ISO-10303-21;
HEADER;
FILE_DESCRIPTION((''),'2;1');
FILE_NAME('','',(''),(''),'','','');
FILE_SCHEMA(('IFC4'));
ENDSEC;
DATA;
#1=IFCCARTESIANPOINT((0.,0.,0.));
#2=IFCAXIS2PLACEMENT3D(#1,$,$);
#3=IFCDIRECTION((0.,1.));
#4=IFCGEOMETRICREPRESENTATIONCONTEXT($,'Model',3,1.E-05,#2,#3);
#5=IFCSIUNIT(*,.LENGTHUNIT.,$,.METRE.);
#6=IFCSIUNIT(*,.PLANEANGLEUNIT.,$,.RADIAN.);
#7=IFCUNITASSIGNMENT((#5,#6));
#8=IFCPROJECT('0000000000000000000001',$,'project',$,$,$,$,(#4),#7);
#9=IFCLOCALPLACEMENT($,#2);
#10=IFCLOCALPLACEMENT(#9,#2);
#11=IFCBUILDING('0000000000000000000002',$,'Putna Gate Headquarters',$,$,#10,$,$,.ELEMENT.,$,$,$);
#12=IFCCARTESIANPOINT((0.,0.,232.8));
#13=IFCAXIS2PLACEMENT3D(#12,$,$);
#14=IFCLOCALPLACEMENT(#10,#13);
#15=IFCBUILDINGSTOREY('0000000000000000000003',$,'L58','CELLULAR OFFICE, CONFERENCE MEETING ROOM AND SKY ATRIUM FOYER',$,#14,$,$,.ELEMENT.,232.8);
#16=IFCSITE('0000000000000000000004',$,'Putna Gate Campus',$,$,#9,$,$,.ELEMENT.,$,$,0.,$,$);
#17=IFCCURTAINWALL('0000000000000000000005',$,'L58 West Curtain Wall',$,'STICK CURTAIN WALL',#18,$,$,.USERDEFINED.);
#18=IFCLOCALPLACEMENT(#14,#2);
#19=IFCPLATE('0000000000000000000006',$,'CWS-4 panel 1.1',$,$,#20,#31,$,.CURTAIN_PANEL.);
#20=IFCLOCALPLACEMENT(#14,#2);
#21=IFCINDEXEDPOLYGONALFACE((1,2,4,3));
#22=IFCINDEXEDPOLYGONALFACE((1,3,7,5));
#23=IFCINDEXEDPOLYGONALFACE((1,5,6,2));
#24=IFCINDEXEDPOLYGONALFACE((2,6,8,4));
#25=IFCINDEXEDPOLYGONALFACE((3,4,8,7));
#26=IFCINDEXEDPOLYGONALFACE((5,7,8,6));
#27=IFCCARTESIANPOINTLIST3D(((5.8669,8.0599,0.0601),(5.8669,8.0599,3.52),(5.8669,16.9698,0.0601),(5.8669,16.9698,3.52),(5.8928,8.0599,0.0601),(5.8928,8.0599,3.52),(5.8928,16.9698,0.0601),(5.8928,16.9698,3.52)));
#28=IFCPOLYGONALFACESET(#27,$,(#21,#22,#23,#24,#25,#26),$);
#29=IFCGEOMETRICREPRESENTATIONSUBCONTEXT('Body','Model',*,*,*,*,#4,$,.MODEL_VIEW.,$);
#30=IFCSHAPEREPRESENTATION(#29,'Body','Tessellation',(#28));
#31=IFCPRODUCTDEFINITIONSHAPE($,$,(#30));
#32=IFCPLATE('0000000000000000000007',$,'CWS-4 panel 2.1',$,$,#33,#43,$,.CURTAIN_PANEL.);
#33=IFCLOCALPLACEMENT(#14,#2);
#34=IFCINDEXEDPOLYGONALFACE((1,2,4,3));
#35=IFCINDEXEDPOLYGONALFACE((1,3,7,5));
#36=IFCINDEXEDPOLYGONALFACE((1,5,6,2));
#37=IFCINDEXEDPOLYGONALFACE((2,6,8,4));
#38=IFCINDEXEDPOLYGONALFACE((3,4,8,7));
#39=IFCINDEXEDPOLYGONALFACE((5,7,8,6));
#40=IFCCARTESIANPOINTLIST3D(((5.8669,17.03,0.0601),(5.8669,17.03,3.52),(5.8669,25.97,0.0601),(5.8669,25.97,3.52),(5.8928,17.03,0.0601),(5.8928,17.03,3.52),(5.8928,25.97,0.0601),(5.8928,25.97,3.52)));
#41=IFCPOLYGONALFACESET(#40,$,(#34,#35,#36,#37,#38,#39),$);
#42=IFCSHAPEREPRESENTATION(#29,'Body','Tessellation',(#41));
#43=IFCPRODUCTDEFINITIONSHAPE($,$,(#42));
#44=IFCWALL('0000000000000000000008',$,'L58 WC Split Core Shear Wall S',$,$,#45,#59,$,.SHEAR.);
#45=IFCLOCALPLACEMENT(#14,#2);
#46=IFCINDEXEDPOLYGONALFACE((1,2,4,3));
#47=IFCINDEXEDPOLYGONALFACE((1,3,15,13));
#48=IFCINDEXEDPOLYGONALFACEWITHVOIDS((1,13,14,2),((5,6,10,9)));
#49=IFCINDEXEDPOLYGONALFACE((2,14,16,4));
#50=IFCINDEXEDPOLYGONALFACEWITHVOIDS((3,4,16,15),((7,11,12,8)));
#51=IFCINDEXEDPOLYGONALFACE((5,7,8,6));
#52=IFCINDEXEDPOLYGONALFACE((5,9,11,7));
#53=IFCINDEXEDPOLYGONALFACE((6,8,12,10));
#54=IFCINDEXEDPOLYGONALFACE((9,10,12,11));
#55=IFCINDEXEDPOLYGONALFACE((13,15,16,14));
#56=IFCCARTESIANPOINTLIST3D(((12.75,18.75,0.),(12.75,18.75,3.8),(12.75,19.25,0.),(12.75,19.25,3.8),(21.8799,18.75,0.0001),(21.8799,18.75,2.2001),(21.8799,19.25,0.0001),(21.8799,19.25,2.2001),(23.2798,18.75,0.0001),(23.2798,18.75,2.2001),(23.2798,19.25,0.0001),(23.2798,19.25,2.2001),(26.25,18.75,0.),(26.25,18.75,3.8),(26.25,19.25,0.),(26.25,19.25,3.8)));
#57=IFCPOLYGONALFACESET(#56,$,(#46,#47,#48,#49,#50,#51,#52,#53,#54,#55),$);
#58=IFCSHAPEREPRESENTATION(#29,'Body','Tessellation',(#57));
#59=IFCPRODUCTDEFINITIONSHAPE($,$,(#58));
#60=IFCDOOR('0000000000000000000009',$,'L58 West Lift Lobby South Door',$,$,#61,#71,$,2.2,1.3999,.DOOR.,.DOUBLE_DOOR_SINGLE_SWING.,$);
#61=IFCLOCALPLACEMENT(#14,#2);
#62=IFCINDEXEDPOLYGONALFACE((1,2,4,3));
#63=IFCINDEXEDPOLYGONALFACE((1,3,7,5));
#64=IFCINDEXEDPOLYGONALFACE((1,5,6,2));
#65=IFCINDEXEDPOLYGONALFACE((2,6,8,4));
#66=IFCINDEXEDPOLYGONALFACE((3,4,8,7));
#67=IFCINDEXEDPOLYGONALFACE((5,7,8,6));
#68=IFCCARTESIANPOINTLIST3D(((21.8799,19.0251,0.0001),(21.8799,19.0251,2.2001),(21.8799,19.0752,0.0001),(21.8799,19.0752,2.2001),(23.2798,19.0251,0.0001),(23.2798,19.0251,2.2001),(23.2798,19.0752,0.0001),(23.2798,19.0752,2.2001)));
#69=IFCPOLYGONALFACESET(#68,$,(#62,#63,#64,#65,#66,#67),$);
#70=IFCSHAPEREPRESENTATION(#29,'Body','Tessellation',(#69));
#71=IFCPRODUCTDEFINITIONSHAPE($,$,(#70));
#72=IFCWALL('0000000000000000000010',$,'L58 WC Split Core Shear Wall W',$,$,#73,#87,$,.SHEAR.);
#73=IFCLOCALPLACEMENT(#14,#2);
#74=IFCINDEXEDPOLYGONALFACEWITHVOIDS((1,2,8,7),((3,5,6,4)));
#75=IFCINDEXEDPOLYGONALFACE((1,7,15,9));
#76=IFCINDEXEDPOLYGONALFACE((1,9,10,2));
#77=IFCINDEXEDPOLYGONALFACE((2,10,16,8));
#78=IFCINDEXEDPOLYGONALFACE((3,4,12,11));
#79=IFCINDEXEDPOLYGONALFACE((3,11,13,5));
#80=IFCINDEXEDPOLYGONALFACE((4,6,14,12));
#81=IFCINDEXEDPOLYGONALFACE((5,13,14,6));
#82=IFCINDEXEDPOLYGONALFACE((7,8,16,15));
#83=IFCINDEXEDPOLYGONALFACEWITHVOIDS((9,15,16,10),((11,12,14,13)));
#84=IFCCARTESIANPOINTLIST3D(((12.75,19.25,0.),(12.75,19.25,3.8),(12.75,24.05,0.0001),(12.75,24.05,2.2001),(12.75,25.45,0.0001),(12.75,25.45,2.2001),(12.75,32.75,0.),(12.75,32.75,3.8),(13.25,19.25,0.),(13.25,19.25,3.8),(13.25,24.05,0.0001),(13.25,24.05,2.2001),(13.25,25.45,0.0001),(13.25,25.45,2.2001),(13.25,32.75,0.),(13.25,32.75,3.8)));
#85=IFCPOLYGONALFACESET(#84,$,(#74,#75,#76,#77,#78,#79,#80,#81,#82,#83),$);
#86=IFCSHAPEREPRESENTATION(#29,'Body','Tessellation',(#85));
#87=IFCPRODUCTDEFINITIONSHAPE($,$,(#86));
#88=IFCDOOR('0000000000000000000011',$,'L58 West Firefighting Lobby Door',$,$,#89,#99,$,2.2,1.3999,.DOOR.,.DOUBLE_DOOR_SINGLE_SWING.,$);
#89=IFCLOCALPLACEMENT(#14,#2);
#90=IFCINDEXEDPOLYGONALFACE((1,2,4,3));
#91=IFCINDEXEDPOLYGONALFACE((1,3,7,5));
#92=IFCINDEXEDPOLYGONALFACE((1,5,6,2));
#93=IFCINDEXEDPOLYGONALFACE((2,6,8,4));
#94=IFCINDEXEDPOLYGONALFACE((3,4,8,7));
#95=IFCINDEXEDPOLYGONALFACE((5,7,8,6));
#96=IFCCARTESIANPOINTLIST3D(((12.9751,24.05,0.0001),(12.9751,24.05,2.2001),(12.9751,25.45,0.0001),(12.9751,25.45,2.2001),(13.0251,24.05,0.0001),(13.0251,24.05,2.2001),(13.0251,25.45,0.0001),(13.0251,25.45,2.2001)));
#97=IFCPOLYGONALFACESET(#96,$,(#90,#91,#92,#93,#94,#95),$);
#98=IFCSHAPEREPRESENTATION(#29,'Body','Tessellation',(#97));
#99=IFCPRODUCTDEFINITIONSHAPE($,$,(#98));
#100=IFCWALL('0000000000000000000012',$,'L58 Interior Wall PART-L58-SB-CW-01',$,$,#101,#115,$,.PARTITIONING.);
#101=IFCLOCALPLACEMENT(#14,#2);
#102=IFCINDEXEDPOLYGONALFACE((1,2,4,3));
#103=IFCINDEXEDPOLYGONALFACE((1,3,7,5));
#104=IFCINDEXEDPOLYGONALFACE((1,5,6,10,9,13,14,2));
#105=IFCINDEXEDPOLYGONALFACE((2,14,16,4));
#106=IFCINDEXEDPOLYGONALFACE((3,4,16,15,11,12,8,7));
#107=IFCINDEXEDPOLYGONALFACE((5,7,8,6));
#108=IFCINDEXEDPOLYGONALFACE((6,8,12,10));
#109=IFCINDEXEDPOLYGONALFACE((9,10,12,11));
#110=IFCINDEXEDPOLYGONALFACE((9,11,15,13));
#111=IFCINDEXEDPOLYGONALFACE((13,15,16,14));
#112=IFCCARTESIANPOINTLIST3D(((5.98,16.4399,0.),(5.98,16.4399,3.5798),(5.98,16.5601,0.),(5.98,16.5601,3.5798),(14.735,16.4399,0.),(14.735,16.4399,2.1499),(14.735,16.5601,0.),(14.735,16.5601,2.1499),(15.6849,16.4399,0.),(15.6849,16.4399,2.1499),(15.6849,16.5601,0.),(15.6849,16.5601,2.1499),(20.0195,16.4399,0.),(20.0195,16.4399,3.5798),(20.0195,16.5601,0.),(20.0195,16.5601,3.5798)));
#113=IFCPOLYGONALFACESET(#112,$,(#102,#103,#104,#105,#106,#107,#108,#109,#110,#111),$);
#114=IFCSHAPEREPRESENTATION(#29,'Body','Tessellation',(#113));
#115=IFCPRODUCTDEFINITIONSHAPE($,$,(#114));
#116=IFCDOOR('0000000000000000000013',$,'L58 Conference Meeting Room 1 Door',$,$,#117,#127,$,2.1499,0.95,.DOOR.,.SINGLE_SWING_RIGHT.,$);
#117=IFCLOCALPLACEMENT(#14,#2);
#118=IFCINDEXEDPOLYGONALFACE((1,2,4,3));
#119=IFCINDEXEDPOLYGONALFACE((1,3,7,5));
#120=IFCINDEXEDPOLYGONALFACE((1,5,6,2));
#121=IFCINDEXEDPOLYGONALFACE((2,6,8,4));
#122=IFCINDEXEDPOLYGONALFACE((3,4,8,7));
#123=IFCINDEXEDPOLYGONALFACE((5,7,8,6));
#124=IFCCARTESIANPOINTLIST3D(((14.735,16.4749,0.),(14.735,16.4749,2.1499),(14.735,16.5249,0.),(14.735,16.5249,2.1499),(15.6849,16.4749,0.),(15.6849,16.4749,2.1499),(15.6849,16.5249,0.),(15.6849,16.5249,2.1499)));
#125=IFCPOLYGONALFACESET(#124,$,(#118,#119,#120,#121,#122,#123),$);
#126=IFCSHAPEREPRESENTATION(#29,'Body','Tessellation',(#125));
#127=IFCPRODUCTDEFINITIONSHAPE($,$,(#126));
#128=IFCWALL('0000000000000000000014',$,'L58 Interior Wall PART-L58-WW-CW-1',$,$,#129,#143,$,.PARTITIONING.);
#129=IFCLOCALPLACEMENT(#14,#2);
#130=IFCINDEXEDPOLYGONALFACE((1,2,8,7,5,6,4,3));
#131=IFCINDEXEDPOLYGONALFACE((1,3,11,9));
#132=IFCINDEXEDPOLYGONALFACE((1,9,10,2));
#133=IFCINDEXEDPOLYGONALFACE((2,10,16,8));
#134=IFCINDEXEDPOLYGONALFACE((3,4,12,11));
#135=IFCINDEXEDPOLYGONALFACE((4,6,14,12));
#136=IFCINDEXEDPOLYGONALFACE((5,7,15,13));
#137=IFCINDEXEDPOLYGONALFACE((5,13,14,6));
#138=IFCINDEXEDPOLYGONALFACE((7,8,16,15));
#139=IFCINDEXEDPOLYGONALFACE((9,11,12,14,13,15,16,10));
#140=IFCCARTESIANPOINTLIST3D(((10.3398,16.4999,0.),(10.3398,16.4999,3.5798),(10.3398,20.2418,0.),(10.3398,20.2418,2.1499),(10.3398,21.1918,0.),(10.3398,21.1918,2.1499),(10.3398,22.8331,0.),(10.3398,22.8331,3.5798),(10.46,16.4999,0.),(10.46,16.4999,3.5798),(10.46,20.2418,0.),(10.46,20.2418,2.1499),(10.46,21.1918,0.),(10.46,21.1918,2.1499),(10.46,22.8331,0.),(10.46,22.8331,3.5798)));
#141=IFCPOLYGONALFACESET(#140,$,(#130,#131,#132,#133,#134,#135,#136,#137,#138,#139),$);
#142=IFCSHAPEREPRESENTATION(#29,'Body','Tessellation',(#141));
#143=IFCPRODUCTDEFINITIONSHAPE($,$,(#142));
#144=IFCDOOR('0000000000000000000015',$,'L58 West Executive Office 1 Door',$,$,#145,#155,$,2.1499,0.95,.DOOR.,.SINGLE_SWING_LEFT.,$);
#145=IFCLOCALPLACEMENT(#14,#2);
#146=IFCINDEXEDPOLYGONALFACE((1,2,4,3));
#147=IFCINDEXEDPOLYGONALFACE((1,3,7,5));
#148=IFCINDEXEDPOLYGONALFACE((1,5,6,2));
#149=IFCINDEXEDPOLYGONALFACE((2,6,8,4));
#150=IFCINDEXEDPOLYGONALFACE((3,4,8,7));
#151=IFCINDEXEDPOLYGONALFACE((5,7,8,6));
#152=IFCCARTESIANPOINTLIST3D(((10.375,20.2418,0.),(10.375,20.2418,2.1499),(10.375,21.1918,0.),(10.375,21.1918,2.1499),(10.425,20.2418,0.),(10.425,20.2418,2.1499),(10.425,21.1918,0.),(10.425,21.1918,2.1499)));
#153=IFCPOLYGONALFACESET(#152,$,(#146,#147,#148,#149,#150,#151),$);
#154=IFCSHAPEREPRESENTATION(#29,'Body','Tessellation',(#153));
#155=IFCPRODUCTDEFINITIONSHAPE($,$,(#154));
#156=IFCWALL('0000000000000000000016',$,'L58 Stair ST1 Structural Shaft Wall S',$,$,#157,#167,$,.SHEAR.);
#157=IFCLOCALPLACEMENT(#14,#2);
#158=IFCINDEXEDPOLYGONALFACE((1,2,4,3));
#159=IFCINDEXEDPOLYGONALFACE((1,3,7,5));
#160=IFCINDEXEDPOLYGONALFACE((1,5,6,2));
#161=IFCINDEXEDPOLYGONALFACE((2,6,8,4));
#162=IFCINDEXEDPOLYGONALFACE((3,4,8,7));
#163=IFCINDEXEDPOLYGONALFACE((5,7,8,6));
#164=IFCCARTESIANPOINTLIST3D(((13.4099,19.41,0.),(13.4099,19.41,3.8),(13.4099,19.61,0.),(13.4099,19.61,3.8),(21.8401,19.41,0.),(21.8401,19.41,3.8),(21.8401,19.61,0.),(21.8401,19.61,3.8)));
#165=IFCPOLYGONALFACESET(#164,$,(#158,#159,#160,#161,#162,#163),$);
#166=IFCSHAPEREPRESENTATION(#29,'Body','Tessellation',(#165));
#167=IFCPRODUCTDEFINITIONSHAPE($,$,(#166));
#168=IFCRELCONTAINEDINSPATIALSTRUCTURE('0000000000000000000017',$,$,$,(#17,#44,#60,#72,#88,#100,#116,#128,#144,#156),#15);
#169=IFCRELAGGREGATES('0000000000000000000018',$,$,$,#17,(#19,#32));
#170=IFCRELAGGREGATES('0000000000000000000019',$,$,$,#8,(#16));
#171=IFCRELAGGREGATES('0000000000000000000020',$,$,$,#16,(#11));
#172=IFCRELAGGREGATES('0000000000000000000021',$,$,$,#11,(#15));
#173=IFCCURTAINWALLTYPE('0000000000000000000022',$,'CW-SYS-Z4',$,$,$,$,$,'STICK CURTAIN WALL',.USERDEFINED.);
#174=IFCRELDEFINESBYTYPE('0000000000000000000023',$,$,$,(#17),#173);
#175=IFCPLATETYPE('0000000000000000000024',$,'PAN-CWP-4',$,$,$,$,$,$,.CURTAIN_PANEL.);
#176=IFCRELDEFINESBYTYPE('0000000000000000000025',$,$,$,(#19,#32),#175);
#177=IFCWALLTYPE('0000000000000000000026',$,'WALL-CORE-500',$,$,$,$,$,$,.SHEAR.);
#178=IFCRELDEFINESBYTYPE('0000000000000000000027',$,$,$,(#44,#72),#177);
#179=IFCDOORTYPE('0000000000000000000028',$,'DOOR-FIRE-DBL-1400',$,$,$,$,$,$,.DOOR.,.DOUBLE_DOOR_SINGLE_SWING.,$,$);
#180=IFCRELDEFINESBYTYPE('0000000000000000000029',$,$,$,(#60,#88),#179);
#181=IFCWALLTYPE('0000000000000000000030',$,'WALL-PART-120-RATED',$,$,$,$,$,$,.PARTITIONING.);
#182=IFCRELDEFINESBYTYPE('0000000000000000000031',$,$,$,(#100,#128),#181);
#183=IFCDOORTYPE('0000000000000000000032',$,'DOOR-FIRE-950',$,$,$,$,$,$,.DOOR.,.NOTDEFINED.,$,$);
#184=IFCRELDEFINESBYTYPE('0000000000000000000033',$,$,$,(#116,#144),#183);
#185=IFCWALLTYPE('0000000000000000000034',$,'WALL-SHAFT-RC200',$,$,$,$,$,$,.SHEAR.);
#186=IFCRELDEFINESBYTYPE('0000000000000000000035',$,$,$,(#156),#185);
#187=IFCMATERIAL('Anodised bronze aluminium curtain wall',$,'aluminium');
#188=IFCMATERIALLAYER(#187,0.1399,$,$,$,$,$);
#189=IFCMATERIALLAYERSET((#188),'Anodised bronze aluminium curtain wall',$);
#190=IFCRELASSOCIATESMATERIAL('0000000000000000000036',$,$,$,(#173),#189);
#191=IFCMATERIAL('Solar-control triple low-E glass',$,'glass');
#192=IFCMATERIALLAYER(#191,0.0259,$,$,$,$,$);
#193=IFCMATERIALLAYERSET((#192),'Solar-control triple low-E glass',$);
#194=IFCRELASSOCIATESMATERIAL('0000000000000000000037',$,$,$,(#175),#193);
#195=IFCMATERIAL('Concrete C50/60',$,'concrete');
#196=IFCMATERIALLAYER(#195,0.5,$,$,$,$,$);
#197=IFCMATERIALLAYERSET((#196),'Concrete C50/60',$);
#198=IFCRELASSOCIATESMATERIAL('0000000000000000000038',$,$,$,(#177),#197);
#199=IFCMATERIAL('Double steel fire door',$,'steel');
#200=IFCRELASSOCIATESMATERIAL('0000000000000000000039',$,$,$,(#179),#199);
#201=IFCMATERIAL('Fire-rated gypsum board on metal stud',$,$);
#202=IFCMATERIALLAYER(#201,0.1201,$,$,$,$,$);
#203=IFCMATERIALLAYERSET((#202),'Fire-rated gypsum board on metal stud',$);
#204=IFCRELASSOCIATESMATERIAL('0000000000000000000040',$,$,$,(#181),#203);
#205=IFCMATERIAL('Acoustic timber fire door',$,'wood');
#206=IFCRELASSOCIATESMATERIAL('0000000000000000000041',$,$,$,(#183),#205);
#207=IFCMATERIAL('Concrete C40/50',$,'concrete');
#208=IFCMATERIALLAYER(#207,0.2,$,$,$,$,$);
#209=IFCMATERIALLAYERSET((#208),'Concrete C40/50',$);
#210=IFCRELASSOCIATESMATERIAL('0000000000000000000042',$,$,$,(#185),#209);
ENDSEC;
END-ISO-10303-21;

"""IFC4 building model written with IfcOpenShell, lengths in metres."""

from ifc_helpers import new_model, si_unit, direction, frame, frame_2d, origin, origin_2d, place, context, subcontext, project, spatial, rectangle, extrude, material, layer, layer_set, type_object, element, fill, aggregate, save


model = new_model("IFC4")

# Units and contexts
model_context = context("Model", 3, precision=1e-05, world=origin(), true_north=direction((0.0, 1.0)))
body_context = subcontext(model_context, "Body", "Model", "MODEL_VIEW")
ifc_project = project(units=[si_unit("LENGTHUNIT", "METRE"), si_unit("PLANEANGLEUNIT", "RADIAN")], contexts=[model_context])

# Site, building, storey
site_placement = place(None, origin())
site = spatial("IfcSite", under=ifc_project, at=site_placement, Name="Putna Gate Campus", CompositionType="ELEMENT", RefElevation=0.0)
building_placement = place(site_placement, origin())
building = spatial("IfcBuilding", under=site, at=building_placement, Name="Putna Gate Headquarters", CompositionType="ELEMENT")
storey_placement = place(building_placement, frame((0.0, 0.0, 232.8)))
storey = spatial("IfcBuildingStorey", under=building, at=storey_placement, Name="L58", Description="CELLULAR OFFICE, CONFERENCE MEETING ROOM AND SKY ATRIUM FOYER", CompositionType="ELEMENT", Elevation=232.8)

# Curtain wall, plates
ifc_material_1 = material(Name="Anodised bronze aluminium curtain wall", Category="aluminium")
ifc_layer_1 = layer(ifc_material_1, 0.1399)
ifc_layer_set_1 = layer_set([ifc_layer_1], Name="Anodised bronze aluminium curtain wall")
curtain_wall_type = type_object("IfcCurtainWallType", Name="CW-SYS-Z4", ElementType="STICK CURTAIN WALL", PredefinedType="USERDEFINED", material=ifc_layer_set_1)
curtain_wall_placement = place(storey_placement, origin())
curtain_wall = element("IfcCurtainWall", 1, at=curtain_wall_placement, inside=storey, type_object=curtain_wall_type, Name="L58 West Curtain Wall", ObjectType="STICK CURTAIN WALL", PredefinedType="USERDEFINED")
ifc_material_2 = material(Name="Solar-control triple low-E glass", Category="glass")
ifc_layer_2 = layer(ifc_material_2, 0.0259)
ifc_layer_set_2 = layer_set([ifc_layer_2], Name="Solar-control triple low-E glass")
plate_type = type_object("IfcPlateType", Name="PAN-CWP-4", PredefinedType="CURTAIN_PANEL", material=ifc_layer_set_2)
plate_1_placement = place(storey_placement, frame((5.8799, 12.5149, 0.0601), z_axis=(0.0, 0.0, 1.0), x_axis=(0.0, 1.0, 0.0)))
plate_1 = element("IfcPlate", 2, at=plate_1_placement, type_object=plate_type, Name="CWS-4 panel 1.1", PredefinedType="CURTAIN_PANEL", context=body_context, shape_type="SweptSolid", body=[
    extrude(rectangle(XDim=8.9099, YDim=0.0259, at=origin_2d()), origin(), (0.0, 0.0, 1.0), 3.46),
])
plate_2_placement = place(storey_placement, frame((5.8799, 21.5, 0.0601), z_axis=(0.0, 0.0, 1.0), x_axis=(0.0, 1.0, 0.0)))
plate_2 = element("IfcPlate", 3, at=plate_2_placement, type_object=plate_type, Name="CWS-4 panel 2.1", PredefinedType="CURTAIN_PANEL", context=body_context, shape_type="SweptSolid", body=[
    extrude(rectangle(XDim=8.9399, YDim=0.0259, at=origin_2d()), origin(), (0.0, 0.0, 1.0), 3.46),
])
aggregate(curtain_wall, [plate_1, plate_2])

# Walls, openings, doors
ifc_material_3 = material(Name="Concrete C50/60", Category="concrete")
ifc_layer_3 = layer(ifc_material_3, 0.5)
ifc_layer_set_3 = layer_set([ifc_layer_3], Name="Concrete C50/60")
wall_type_1 = type_object("IfcWallType", Name="WALL-CORE-500", PredefinedType="SHEAR", material=ifc_layer_set_3)
wall_1_placement = place(storey_placement, frame((12.75, 19.0, 0.0), z_axis=(0.0, 0.0, 1.0), x_axis=(1.0, 0.0, 0.0)))
wall_1 = element("IfcWall", 4, at=wall_1_placement, inside=storey, type_object=wall_type_1, Name="L58 WC Split Core Shear Wall S", PredefinedType="SHEAR", context=body_context, shape_type="SweptSolid", body=[
    extrude(rectangle(XDim=13.5, YDim=0.5, at=frame_2d((6.75, 0.0))), origin(), (0.0, 0.0, 1.0), 3.8),
])
opening_1_placement = place(wall_1_placement, frame((9.1299, 0.0, 0.0)))
opening_1 = element("IfcOpeningElement", 5, at=opening_1_placement, cuts=wall_1, PredefinedType="OPENING", context=body_context, shape_type="SweptSolid", body=[
    extrude(rectangle(XDim=1.3999, YDim=2.2, at=frame_2d((0.7, 1.1001))), frame((0.0, 0.26, 0.0), z_axis=(0.0, -1.0, 0.0), x_axis=(1.0, 0.0, 0.0)), (0.0, 0.0, 1.0), 0.52),
])
ifc_material_4 = material(Name="Double steel fire door", Category="steel")
door_type_1 = type_object("IfcDoorType", Name="DOOR-FIRE-DBL-1400", OperationType="DOUBLE_DOOR_SINGLE_SWING", PredefinedType="DOOR", material=ifc_material_4)
door_1_placement = place(opening_1_placement, origin())
door_1 = element("IfcDoor", 6, at=door_1_placement, inside=storey, type_object=door_type_1, Name="L58 West Lift Lobby South Door", OperationType="DOUBLE_DOOR_SINGLE_SWING", OverallHeight=2.2, OverallWidth=1.3999, PredefinedType="DOOR", context=body_context, shape_type="SweptSolid", body=[
    extrude(rectangle(XDim=1.3999, YDim=2.2, at=frame_2d((0.7, 1.1001))), frame((0.0, 0.0752, 0.0), z_axis=(0.0, -1.0, 0.0), x_axis=(1.0, 0.0, 0.0)), (0.0, 0.0, 1.0), 0.05),
])
fill(opening_1, door_1)
wall_2_placement = place(storey_placement, frame((13.0, 19.25, 0.0), z_axis=(0.0, 0.0, 1.0), x_axis=(0.0, 1.0, 0.0)))
wall_2 = element("IfcWall", 7, at=wall_2_placement, inside=storey, type_object=wall_type_1, Name="L58 WC Split Core Shear Wall W", PredefinedType="SHEAR", context=body_context, shape_type="SweptSolid", body=[
    extrude(rectangle(XDim=13.5, YDim=0.5, at=frame_2d((6.75, 0.0))), origin(), (0.0, 0.0, 1.0), 3.8),
])
opening_2_placement = place(wall_2_placement, frame((4.8, 0.0, 0.0)))
opening_2 = element("IfcOpeningElement", 8, at=opening_2_placement, cuts=wall_2, PredefinedType="OPENING", context=body_context, shape_type="SweptSolid", body=[
    extrude(rectangle(XDim=1.3999, YDim=2.2, at=frame_2d((0.7, 1.1001))), frame((0.0, 0.26, 0.0), z_axis=(0.0, -1.0, 0.0), x_axis=(1.0, 0.0, 0.0)), (0.0, 0.0, 1.0), 0.52),
])
door_2_placement = place(opening_2_placement, origin())
door_2 = element("IfcDoor", 9, at=door_2_placement, inside=storey, type_object=door_type_1, Name="L58 West Firefighting Lobby Door", OperationType="DOUBLE_DOOR_SINGLE_SWING", OverallHeight=2.2, OverallWidth=1.3999, PredefinedType="DOOR", context=body_context, shape_type="SweptSolid", body=[
    extrude(rectangle(XDim=1.3999, YDim=2.2, at=frame_2d((0.7, 1.1001))), frame((0.0, 0.0249, 0.0), z_axis=(0.0, -1.0, 0.0), x_axis=(1.0, 0.0, 0.0)), (0.0, 0.0, 1.0), 0.05),
])
fill(opening_2, door_2)
ifc_material_5 = material(Name="Fire-rated gypsum board on metal stud")
ifc_layer_4 = layer(ifc_material_5, 0.1201)
ifc_layer_set_4 = layer_set([ifc_layer_4], Name="Fire-rated gypsum board on metal stud")
wall_type_2 = type_object("IfcWallType", Name="WALL-PART-120-RATED", PredefinedType="PARTITIONING", material=ifc_layer_set_4)
wall_3_placement = place(storey_placement, frame((5.98, 16.5, 0.0), z_axis=(0.0, 0.0, 1.0), x_axis=(1.0, 0.0, 0.0)))
wall_3 = element("IfcWall", 10, at=wall_3_placement, inside=storey, type_object=wall_type_2, Name="L58 Interior Wall PART-L58-SB-CW-01", PredefinedType="PARTITIONING", context=body_context, shape_type="SweptSolid", body=[
    extrude(rectangle(XDim=14.0396, YDim=0.1201, at=frame_2d((7.0198, 0.0))), origin(), (0.0, 0.0, 1.0), 3.5798),
])
opening_3_placement = place(wall_3_placement, frame((8.7549, 0.0, 0.0)))
opening_3 = element("IfcOpeningElement", 11, at=opening_3_placement, cuts=wall_3, PredefinedType="OPENING", context=body_context, shape_type="SweptSolid", body=[
    extrude(rectangle(XDim=0.95, YDim=2.1499, at=frame_2d((0.4751, 1.075))), frame((0.0, 0.0701, 0.0), z_axis=(0.0, -1.0, 0.0), x_axis=(1.0, 0.0, 0.0)), (0.0, 0.0, 1.0), 0.1401),
])
ifc_material_6 = material(Name="Acoustic timber fire door", Category="wood")
door_type_2 = type_object("IfcDoorType", Name="DOOR-FIRE-950", OperationType="NOTDEFINED", PredefinedType="DOOR", material=ifc_material_6)
door_3_placement = place(opening_3_placement, origin())
door_3 = element("IfcDoor", 12, at=door_3_placement, inside=storey, type_object=door_type_2, Name="L58 Conference Meeting Room 1 Door", OperationType="SINGLE_SWING_RIGHT", OverallHeight=2.1499, OverallWidth=0.95, PredefinedType="DOOR", context=body_context, shape_type="SweptSolid", body=[
    extrude(rectangle(XDim=0.95, YDim=2.1499, at=frame_2d((0.4751, 1.075))), frame((0.0, 0.0249, 0.0), z_axis=(0.0, -1.0, 0.0), x_axis=(1.0, 0.0, 0.0)), (0.0, 0.0, 1.0), 0.05),
])
fill(opening_3, door_3)
wall_4_placement = place(storey_placement, frame((10.3999, 16.5, 0.0), z_axis=(0.0, 0.0, 1.0), x_axis=(0.0, 1.0, 0.0)))
wall_4 = element("IfcWall", 13, at=wall_4_placement, inside=storey, type_object=wall_type_2, Name="L58 Interior Wall PART-L58-WW-CW-1", PredefinedType="PARTITIONING", context=body_context, shape_type="SweptSolid", body=[
    extrude(rectangle(XDim=6.3333, YDim=0.1201, at=frame_2d((3.1665, 0.0))), origin(), (0.0, 0.0, 1.0), 3.5798),
])
opening_4_placement = place(wall_4_placement, frame((3.7417, 0.0, 0.0)))
opening_4 = element("IfcOpeningElement", 14, at=opening_4_placement, cuts=wall_4, PredefinedType="OPENING", context=body_context, shape_type="SweptSolid", body=[
    extrude(rectangle(XDim=0.95, YDim=2.1499, at=frame_2d((0.4751, 1.075))), frame((0.0, 0.0701, 0.0), z_axis=(0.0, -1.0, 0.0), x_axis=(1.0, 0.0, 0.0)), (0.0, 0.0, 1.0), 0.1401),
])
door_4_placement = place(opening_4_placement, origin())
door_4 = element("IfcDoor", 15, at=door_4_placement, inside=storey, type_object=door_type_2, Name="L58 West Executive Office 1 Door", OperationType="SINGLE_SWING_LEFT", OverallHeight=2.1499, OverallWidth=0.95, PredefinedType="DOOR", context=body_context, shape_type="SweptSolid", body=[
    extrude(rectangle(XDim=0.95, YDim=2.1499, at=frame_2d((0.4751, 1.075))), frame((0.0, 0.0249, 0.0), z_axis=(0.0, -1.0, 0.0), x_axis=(1.0, 0.0, 0.0)), (0.0, 0.0, 1.0), 0.05),
])
fill(opening_4, door_4)

# Wall
ifc_material_7 = material(Name="Concrete C40/50", Category="concrete")
ifc_layer_5 = layer(ifc_material_7, 0.2)
ifc_layer_set_5 = layer_set([ifc_layer_5], Name="Concrete C40/50")
wall_type_3 = type_object("IfcWallType", Name="WALL-SHAFT-RC200", PredefinedType="SHEAR", material=ifc_layer_set_5)
wall_5_placement = place(storey_placement, frame((13.4099, 19.51, 0.0), z_axis=(0.0, 0.0, 1.0), x_axis=(1.0, 0.0, 0.0)))
element("IfcWall", 16, at=wall_5_placement, inside=storey, type_object=wall_type_3, Name="L58 Stair ST1 Structural Shaft Wall S", PredefinedType="SHEAR", context=body_context, shape_type="SweptSolid", body=[
    extrude(rectangle(XDim=8.4302, YDim=0.2, at=frame_2d((4.2151, 0.0))), origin(), (0.0, 0.0, 1.0), 3.8),
])

save(model, "model.ifc")
